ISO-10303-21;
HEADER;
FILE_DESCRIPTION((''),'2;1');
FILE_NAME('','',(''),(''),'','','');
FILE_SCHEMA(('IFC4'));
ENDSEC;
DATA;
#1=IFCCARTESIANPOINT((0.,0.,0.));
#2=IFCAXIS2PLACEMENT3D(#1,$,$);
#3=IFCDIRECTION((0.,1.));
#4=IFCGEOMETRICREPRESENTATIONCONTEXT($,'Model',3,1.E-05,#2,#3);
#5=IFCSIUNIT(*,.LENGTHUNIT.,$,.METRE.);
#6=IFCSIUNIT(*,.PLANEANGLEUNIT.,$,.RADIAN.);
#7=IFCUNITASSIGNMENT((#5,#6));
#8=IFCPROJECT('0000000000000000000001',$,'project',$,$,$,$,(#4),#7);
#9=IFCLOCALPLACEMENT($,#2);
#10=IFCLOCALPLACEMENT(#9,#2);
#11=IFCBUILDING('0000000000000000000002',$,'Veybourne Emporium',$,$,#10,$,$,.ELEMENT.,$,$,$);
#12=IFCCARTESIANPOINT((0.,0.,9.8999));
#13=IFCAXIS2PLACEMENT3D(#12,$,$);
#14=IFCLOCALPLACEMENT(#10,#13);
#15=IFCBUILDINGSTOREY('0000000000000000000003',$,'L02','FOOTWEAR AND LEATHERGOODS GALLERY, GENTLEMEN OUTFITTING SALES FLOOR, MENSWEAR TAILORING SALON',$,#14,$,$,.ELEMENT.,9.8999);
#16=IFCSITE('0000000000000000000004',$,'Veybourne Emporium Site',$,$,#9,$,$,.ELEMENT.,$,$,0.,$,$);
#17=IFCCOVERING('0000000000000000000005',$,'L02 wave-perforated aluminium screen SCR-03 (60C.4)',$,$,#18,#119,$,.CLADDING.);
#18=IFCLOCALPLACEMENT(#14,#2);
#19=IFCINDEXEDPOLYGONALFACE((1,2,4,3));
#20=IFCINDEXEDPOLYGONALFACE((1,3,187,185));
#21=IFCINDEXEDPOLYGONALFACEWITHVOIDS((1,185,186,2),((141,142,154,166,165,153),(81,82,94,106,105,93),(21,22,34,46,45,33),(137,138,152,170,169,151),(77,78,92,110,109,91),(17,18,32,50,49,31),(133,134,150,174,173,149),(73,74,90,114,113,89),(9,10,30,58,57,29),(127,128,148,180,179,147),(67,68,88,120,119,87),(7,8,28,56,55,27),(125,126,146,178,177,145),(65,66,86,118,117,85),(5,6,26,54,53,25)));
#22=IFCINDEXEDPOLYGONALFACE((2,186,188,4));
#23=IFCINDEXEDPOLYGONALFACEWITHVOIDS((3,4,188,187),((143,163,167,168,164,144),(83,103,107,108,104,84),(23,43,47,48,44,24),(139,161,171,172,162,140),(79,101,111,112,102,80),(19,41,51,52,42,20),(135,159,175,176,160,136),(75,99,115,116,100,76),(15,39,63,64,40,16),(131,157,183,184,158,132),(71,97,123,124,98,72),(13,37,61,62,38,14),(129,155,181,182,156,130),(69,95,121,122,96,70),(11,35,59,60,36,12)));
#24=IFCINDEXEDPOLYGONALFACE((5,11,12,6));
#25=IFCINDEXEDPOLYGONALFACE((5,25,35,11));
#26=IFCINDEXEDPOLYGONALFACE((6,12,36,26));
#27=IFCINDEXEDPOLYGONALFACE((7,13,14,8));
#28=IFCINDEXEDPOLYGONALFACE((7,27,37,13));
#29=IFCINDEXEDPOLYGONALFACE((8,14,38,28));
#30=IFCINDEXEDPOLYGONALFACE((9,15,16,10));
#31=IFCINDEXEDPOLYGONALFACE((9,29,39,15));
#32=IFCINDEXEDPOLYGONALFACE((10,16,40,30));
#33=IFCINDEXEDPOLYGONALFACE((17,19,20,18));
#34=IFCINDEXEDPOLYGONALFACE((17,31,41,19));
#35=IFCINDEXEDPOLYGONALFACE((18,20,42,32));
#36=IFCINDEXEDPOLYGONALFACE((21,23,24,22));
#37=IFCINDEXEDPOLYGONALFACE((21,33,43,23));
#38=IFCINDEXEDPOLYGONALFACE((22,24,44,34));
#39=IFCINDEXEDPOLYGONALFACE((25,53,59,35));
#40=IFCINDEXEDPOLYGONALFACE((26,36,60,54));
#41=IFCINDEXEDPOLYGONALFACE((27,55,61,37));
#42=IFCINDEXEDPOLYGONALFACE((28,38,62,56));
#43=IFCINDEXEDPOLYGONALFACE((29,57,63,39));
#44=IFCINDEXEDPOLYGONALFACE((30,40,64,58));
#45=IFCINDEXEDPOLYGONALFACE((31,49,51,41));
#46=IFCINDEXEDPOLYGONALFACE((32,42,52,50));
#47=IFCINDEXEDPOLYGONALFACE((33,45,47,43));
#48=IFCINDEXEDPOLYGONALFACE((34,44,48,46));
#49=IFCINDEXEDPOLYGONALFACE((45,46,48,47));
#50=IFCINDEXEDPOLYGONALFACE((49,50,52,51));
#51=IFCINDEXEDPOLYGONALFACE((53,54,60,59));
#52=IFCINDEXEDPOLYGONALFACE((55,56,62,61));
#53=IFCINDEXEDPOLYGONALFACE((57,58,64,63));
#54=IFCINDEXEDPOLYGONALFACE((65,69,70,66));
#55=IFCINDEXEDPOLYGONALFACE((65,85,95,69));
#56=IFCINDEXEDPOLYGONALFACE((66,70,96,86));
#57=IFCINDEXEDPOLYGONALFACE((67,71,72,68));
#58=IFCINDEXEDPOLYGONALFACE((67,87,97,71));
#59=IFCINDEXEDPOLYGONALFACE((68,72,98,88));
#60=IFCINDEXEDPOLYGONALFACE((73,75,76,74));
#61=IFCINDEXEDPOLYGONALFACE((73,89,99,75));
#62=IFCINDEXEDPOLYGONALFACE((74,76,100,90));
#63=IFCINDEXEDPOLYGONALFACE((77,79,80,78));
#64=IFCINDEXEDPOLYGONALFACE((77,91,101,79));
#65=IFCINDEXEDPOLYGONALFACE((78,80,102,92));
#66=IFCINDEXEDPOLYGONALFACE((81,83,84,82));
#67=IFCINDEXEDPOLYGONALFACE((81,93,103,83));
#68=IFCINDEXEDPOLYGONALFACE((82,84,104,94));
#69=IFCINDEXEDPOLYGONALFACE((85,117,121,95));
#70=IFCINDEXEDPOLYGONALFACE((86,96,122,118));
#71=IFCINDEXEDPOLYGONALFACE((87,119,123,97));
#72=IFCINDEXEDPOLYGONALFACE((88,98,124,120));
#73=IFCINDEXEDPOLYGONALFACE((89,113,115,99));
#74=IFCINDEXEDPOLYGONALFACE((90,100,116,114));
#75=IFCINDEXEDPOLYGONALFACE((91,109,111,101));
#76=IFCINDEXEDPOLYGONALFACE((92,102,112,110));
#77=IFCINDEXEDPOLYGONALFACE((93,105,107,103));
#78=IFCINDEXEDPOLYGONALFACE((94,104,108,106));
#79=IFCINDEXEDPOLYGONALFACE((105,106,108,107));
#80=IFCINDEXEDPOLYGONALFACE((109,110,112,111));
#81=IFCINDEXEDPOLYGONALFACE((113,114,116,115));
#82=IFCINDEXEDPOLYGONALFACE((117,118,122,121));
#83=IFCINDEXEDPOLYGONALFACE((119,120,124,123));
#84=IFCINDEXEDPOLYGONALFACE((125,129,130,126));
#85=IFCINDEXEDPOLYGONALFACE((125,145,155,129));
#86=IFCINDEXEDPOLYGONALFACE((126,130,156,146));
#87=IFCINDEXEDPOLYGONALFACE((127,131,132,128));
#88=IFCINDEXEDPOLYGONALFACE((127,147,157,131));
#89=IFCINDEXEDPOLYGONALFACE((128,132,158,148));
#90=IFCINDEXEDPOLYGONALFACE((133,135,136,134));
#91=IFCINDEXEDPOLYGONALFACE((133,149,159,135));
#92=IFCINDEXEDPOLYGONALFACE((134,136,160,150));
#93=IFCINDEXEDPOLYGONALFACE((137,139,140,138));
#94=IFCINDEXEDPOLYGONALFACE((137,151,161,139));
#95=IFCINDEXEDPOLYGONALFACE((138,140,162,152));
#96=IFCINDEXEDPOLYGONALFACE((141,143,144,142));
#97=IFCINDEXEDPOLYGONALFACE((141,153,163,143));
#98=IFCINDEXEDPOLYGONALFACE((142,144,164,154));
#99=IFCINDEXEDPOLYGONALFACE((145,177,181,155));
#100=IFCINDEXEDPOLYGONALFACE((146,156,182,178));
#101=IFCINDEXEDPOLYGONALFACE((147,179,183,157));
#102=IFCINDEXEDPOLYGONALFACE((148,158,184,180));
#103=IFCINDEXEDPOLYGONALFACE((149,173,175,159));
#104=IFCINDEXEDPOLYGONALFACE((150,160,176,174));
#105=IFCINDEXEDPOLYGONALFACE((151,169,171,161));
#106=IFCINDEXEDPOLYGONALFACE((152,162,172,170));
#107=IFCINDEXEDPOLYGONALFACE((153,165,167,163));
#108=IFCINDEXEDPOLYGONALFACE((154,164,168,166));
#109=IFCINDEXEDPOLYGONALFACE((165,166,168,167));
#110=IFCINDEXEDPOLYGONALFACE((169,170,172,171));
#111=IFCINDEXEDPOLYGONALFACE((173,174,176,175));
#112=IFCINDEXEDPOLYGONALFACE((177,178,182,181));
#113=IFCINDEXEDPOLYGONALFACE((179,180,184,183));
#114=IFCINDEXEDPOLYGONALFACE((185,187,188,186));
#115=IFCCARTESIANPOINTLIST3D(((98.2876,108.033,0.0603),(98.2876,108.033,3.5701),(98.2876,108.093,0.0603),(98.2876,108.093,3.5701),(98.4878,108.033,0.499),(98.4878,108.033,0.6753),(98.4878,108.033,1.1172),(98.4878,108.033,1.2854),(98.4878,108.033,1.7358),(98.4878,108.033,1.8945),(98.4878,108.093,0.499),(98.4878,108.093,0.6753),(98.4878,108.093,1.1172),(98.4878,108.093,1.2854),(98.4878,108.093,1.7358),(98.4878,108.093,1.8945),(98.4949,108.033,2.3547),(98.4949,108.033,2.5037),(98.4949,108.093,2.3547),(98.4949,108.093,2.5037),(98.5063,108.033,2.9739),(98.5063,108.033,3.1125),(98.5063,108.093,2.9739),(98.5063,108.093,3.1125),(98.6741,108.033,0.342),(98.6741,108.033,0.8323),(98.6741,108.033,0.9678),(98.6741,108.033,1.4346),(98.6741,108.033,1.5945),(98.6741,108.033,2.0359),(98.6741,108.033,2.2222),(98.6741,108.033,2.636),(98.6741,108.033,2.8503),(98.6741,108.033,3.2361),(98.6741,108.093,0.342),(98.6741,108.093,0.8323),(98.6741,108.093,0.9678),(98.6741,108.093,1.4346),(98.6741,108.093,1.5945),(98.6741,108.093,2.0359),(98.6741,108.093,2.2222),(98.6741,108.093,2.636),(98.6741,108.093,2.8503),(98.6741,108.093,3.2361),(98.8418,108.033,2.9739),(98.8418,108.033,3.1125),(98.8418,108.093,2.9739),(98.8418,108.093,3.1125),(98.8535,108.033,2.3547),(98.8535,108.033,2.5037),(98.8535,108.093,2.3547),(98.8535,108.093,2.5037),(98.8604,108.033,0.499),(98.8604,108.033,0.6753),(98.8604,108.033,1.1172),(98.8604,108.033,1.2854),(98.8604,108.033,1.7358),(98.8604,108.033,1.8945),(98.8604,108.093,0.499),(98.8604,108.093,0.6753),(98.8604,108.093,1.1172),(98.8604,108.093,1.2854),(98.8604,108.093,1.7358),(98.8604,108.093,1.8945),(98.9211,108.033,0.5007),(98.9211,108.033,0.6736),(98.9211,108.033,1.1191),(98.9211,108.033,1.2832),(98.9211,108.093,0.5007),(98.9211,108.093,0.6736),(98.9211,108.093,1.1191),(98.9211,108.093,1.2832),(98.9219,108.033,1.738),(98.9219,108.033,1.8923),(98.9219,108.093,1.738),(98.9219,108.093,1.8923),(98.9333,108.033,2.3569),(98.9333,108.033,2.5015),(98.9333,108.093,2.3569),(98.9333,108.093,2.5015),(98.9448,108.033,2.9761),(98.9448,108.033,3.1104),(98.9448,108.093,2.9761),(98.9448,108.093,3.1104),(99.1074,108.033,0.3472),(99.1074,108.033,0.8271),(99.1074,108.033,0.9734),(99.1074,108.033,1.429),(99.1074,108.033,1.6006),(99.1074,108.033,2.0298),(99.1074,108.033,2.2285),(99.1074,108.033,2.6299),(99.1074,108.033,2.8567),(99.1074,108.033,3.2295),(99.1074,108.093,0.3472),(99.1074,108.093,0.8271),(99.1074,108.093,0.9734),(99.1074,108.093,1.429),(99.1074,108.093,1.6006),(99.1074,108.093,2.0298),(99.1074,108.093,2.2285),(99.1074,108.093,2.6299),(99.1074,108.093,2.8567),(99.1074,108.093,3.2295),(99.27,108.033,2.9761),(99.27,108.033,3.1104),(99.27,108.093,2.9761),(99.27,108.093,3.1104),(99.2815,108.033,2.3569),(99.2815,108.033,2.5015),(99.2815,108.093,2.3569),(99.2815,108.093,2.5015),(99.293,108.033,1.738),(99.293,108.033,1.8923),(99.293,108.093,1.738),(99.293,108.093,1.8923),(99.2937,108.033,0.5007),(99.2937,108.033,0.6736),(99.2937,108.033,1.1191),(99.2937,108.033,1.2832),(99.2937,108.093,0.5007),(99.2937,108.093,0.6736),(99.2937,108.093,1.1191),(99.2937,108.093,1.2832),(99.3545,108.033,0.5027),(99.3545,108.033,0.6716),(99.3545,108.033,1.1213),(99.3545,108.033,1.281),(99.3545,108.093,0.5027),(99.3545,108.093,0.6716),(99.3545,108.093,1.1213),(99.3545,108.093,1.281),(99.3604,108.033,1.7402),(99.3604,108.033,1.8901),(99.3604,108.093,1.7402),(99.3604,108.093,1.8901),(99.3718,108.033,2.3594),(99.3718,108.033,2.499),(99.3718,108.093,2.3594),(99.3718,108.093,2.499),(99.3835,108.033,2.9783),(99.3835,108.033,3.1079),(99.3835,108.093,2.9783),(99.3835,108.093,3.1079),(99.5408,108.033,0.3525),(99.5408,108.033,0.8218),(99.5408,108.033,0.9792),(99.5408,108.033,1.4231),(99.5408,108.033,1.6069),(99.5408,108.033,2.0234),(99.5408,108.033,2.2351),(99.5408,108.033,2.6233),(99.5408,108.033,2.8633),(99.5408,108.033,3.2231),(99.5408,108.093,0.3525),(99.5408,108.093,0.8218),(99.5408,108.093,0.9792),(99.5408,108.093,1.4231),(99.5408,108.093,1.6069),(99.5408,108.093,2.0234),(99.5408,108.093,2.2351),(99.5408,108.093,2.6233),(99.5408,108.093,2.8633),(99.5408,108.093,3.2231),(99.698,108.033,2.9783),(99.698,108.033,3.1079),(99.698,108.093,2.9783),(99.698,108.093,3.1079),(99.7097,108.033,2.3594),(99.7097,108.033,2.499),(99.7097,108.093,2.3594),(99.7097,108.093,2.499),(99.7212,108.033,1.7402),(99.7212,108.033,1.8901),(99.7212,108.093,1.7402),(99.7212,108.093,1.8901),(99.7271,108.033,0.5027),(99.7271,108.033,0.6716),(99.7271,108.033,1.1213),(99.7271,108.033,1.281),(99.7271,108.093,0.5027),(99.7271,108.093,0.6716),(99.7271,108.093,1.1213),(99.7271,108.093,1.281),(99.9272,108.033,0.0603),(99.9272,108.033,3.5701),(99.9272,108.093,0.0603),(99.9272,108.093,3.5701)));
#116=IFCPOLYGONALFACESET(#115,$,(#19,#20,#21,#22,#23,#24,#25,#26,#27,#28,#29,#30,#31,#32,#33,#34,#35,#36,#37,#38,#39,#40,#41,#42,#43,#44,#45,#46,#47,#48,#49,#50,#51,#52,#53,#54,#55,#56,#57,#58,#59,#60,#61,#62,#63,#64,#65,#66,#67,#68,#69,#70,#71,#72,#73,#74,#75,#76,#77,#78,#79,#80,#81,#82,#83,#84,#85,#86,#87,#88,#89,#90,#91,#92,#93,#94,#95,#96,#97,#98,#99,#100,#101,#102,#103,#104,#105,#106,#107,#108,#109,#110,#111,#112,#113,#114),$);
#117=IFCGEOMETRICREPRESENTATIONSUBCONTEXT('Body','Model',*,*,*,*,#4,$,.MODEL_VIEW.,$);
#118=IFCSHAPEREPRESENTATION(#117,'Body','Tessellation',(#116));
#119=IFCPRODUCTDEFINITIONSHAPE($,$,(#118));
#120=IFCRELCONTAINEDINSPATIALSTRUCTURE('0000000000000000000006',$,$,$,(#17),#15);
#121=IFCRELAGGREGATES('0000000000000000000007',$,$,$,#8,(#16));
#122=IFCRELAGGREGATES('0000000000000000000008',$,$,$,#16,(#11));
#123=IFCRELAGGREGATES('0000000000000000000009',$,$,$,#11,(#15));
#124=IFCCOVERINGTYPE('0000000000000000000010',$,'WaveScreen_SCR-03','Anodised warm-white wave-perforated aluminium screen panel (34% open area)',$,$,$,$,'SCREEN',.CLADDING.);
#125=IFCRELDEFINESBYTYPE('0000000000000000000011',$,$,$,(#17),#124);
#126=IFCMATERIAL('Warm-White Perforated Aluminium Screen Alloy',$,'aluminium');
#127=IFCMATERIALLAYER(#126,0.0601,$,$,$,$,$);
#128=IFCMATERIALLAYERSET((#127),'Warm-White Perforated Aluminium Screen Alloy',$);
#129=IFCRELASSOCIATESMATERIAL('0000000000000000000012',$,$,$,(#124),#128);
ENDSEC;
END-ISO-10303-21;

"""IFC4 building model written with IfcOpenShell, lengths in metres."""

from ifc_helpers import new_model, si_unit, direction, frame, origin, place, context, subcontext, project, spatial, polyline, outline, extrude, material, layer, layer_set, type_object, element, save


model = new_model("IFC4")

# Units and contexts
model_context = context("Model", 3, precision=1e-05, world=origin(), true_north=direction((0.0, 1.0)))
body_context = subcontext(model_context, "Body", "Model", "MODEL_VIEW")
ifc_project = project(units=[si_unit("LENGTHUNIT", "METRE"), si_unit("PLANEANGLEUNIT", "RADIAN")], contexts=[model_context])

# Site, building, storey
site_placement = place(None, origin())
site = spatial("IfcSite", under=ifc_project, at=site_placement, Name="Veybourne Emporium Site", CompositionType="ELEMENT", RefElevation=0.0)
building_placement = place(site_placement, origin())
building = spatial("IfcBuilding", under=site, at=building_placement, Name="Veybourne Emporium", CompositionType="ELEMENT")
storey_placement = place(building_placement, frame((0.0, 0.0, 9.8999)))
storey = spatial("IfcBuildingStorey", under=building, at=storey_placement, Name="L02", Description="FOOTWEAR AND LEATHERGOODS GALLERY, GENTLEMEN OUTFITTING SALES FLOOR, MENSWEAR TAILORING SALON", CompositionType="ELEMENT", Elevation=9.8999)

# Covering
ifc_material_1 = material(Name="Warm-White Perforated Aluminium Screen Alloy", Category="aluminium")
ifc_layer_1 = layer(ifc_material_1, 0.0601)
ifc_layer_set_1 = layer_set([ifc_layer_1], Name="Warm-White Perforated Aluminium Screen Alloy")
covering_type_1 = type_object("IfcCoveringType", Name="WaveScreen_SCR-03", Description="Anodised warm-white wave-perforated aluminium screen panel (34% open area)", ElementType="SCREEN", PredefinedType="CLADDING", material=ifc_layer_set_1)
covering_1_placement = place(storey_placement, frame((99.1074, 108.093, 1.8152), z_axis=(0.0, -1.0, 0.0), x_axis=(1.0, 0.0, 0.0)))
element("IfcCovering", 1, at=covering_1_placement, inside=storey, type_object=covering_type_1, Name="L02 wave-perforated aluminium screen SCR-03 (60C.4)", PredefinedType="CLADDING", context=body_context, shape_type="SweptSolid", body=[
    extrude(outline(polyline([(-0.8198, -1.7549), (0.8198, -1.7549), (0.8198, 1.7549), (-0.8198, 1.7549), (-0.8198, -1.7549)]), holes=[polyline([(-0.4333, -0.9829), (-0.2471, -1.1399), (-0.2471, -1.3162), (-0.4333, -1.4731), (-0.6196, -1.3162), (-0.6196, -1.1399), (-0.4333, -0.9829)]), polyline([(-0.4333, -0.3806), (-0.2471, -0.5298), (-0.2471, -0.698), (-0.4333, -0.8474), (-0.6196, -0.698), (-0.6196, -0.5298), (-0.4333, -0.3806)]), polyline([(-0.4333, 0.2207), (-0.2471, 0.0793), (-0.2471, -0.0793), (-0.4333, -0.2207), (-0.6196, -0.0793), (-0.6196, 0.0793), (-0.4333, 0.2207)]), polyline([(-0.4333, 0.8208), (-0.2539, 0.6885), (-0.2539, 0.5396), (-0.4333, 0.407), (-0.6125, 0.5396), (-0.6125, 0.6885), (-0.4333, 0.8208)]), polyline([(-0.4333, 1.4209), (-0.2656, 1.2974), (-0.2656, 1.1587), (-0.4333, 1.0352), (-0.6011, 1.1587), (-0.6011, 1.2974), (-0.4333, 1.4209)]), polyline([(0.0, -0.988), (0.1863, -1.1416), (0.1863, -1.3145), (0.0, -1.468), (-0.1863, -1.3145), (-0.1863, -1.1416), (0.0, -0.988)]), polyline([(0.0, -0.3862), (0.1863, -0.532), (0.1863, -0.696), (0.0, -0.8418), (-0.1863, -0.696), (-0.1863, -0.532), (0.0, -0.3862)]), polyline([(0.0, 0.2146), (0.1855, 0.0771), (0.1855, -0.0771), (0.0, -0.2146), (-0.1855, -0.0771), (-0.1855, 0.0771), (0.0, 0.2146)]), polyline([(0.0, 0.8147), (0.1741, 0.6863), (0.1741, 0.5417), (0.0, 0.4133), (-0.1741, 0.5417), (-0.1741, 0.6863), (0.0, 0.8147)]), polyline([(0.0, 1.4143), (0.1626, 1.2952), (0.1626, 1.1609), (0.0, 1.0415), (-0.1626, 1.1609), (-0.1626, 1.2952), (0.0, 1.4143)]), polyline([(0.4333, -0.9934), (0.6196, -1.1436), (0.6196, -1.3125), (0.4333, -1.4626), (0.2471, -1.3125), (0.2471, -1.1436), (0.4333, -0.9934)]), polyline([(0.4333, -0.3921), (0.6196, -0.5342), (0.6196, -0.6938), (0.4333, -0.8359), (0.2471, -0.6938), (0.2471, -0.5342), (0.4333, -0.3921)]), polyline([(0.4333, 0.2083), (0.6138, 0.075), (0.6138, -0.075), (0.4333, -0.2083), (0.2529, -0.075), (0.2529, 0.075), (0.4333, 0.2083)]), polyline([(0.4333, 0.8081), (0.6023, 0.6838), (0.6023, 0.5442), (0.4333, 0.4199), (0.2644, 0.5442), (0.2644, 0.6838), (0.4333, 0.8081)]), polyline([(0.4333, 1.408), (0.5906, 1.2927), (0.5906, 1.1631), (0.4333, 1.0481), (0.2761, 1.1631), (0.2761, 1.2927), (0.4333, 1.408)])]), origin(), (0.0, 0.0, 1.0), 0.0601),
])

save(model, "model.ifc")
